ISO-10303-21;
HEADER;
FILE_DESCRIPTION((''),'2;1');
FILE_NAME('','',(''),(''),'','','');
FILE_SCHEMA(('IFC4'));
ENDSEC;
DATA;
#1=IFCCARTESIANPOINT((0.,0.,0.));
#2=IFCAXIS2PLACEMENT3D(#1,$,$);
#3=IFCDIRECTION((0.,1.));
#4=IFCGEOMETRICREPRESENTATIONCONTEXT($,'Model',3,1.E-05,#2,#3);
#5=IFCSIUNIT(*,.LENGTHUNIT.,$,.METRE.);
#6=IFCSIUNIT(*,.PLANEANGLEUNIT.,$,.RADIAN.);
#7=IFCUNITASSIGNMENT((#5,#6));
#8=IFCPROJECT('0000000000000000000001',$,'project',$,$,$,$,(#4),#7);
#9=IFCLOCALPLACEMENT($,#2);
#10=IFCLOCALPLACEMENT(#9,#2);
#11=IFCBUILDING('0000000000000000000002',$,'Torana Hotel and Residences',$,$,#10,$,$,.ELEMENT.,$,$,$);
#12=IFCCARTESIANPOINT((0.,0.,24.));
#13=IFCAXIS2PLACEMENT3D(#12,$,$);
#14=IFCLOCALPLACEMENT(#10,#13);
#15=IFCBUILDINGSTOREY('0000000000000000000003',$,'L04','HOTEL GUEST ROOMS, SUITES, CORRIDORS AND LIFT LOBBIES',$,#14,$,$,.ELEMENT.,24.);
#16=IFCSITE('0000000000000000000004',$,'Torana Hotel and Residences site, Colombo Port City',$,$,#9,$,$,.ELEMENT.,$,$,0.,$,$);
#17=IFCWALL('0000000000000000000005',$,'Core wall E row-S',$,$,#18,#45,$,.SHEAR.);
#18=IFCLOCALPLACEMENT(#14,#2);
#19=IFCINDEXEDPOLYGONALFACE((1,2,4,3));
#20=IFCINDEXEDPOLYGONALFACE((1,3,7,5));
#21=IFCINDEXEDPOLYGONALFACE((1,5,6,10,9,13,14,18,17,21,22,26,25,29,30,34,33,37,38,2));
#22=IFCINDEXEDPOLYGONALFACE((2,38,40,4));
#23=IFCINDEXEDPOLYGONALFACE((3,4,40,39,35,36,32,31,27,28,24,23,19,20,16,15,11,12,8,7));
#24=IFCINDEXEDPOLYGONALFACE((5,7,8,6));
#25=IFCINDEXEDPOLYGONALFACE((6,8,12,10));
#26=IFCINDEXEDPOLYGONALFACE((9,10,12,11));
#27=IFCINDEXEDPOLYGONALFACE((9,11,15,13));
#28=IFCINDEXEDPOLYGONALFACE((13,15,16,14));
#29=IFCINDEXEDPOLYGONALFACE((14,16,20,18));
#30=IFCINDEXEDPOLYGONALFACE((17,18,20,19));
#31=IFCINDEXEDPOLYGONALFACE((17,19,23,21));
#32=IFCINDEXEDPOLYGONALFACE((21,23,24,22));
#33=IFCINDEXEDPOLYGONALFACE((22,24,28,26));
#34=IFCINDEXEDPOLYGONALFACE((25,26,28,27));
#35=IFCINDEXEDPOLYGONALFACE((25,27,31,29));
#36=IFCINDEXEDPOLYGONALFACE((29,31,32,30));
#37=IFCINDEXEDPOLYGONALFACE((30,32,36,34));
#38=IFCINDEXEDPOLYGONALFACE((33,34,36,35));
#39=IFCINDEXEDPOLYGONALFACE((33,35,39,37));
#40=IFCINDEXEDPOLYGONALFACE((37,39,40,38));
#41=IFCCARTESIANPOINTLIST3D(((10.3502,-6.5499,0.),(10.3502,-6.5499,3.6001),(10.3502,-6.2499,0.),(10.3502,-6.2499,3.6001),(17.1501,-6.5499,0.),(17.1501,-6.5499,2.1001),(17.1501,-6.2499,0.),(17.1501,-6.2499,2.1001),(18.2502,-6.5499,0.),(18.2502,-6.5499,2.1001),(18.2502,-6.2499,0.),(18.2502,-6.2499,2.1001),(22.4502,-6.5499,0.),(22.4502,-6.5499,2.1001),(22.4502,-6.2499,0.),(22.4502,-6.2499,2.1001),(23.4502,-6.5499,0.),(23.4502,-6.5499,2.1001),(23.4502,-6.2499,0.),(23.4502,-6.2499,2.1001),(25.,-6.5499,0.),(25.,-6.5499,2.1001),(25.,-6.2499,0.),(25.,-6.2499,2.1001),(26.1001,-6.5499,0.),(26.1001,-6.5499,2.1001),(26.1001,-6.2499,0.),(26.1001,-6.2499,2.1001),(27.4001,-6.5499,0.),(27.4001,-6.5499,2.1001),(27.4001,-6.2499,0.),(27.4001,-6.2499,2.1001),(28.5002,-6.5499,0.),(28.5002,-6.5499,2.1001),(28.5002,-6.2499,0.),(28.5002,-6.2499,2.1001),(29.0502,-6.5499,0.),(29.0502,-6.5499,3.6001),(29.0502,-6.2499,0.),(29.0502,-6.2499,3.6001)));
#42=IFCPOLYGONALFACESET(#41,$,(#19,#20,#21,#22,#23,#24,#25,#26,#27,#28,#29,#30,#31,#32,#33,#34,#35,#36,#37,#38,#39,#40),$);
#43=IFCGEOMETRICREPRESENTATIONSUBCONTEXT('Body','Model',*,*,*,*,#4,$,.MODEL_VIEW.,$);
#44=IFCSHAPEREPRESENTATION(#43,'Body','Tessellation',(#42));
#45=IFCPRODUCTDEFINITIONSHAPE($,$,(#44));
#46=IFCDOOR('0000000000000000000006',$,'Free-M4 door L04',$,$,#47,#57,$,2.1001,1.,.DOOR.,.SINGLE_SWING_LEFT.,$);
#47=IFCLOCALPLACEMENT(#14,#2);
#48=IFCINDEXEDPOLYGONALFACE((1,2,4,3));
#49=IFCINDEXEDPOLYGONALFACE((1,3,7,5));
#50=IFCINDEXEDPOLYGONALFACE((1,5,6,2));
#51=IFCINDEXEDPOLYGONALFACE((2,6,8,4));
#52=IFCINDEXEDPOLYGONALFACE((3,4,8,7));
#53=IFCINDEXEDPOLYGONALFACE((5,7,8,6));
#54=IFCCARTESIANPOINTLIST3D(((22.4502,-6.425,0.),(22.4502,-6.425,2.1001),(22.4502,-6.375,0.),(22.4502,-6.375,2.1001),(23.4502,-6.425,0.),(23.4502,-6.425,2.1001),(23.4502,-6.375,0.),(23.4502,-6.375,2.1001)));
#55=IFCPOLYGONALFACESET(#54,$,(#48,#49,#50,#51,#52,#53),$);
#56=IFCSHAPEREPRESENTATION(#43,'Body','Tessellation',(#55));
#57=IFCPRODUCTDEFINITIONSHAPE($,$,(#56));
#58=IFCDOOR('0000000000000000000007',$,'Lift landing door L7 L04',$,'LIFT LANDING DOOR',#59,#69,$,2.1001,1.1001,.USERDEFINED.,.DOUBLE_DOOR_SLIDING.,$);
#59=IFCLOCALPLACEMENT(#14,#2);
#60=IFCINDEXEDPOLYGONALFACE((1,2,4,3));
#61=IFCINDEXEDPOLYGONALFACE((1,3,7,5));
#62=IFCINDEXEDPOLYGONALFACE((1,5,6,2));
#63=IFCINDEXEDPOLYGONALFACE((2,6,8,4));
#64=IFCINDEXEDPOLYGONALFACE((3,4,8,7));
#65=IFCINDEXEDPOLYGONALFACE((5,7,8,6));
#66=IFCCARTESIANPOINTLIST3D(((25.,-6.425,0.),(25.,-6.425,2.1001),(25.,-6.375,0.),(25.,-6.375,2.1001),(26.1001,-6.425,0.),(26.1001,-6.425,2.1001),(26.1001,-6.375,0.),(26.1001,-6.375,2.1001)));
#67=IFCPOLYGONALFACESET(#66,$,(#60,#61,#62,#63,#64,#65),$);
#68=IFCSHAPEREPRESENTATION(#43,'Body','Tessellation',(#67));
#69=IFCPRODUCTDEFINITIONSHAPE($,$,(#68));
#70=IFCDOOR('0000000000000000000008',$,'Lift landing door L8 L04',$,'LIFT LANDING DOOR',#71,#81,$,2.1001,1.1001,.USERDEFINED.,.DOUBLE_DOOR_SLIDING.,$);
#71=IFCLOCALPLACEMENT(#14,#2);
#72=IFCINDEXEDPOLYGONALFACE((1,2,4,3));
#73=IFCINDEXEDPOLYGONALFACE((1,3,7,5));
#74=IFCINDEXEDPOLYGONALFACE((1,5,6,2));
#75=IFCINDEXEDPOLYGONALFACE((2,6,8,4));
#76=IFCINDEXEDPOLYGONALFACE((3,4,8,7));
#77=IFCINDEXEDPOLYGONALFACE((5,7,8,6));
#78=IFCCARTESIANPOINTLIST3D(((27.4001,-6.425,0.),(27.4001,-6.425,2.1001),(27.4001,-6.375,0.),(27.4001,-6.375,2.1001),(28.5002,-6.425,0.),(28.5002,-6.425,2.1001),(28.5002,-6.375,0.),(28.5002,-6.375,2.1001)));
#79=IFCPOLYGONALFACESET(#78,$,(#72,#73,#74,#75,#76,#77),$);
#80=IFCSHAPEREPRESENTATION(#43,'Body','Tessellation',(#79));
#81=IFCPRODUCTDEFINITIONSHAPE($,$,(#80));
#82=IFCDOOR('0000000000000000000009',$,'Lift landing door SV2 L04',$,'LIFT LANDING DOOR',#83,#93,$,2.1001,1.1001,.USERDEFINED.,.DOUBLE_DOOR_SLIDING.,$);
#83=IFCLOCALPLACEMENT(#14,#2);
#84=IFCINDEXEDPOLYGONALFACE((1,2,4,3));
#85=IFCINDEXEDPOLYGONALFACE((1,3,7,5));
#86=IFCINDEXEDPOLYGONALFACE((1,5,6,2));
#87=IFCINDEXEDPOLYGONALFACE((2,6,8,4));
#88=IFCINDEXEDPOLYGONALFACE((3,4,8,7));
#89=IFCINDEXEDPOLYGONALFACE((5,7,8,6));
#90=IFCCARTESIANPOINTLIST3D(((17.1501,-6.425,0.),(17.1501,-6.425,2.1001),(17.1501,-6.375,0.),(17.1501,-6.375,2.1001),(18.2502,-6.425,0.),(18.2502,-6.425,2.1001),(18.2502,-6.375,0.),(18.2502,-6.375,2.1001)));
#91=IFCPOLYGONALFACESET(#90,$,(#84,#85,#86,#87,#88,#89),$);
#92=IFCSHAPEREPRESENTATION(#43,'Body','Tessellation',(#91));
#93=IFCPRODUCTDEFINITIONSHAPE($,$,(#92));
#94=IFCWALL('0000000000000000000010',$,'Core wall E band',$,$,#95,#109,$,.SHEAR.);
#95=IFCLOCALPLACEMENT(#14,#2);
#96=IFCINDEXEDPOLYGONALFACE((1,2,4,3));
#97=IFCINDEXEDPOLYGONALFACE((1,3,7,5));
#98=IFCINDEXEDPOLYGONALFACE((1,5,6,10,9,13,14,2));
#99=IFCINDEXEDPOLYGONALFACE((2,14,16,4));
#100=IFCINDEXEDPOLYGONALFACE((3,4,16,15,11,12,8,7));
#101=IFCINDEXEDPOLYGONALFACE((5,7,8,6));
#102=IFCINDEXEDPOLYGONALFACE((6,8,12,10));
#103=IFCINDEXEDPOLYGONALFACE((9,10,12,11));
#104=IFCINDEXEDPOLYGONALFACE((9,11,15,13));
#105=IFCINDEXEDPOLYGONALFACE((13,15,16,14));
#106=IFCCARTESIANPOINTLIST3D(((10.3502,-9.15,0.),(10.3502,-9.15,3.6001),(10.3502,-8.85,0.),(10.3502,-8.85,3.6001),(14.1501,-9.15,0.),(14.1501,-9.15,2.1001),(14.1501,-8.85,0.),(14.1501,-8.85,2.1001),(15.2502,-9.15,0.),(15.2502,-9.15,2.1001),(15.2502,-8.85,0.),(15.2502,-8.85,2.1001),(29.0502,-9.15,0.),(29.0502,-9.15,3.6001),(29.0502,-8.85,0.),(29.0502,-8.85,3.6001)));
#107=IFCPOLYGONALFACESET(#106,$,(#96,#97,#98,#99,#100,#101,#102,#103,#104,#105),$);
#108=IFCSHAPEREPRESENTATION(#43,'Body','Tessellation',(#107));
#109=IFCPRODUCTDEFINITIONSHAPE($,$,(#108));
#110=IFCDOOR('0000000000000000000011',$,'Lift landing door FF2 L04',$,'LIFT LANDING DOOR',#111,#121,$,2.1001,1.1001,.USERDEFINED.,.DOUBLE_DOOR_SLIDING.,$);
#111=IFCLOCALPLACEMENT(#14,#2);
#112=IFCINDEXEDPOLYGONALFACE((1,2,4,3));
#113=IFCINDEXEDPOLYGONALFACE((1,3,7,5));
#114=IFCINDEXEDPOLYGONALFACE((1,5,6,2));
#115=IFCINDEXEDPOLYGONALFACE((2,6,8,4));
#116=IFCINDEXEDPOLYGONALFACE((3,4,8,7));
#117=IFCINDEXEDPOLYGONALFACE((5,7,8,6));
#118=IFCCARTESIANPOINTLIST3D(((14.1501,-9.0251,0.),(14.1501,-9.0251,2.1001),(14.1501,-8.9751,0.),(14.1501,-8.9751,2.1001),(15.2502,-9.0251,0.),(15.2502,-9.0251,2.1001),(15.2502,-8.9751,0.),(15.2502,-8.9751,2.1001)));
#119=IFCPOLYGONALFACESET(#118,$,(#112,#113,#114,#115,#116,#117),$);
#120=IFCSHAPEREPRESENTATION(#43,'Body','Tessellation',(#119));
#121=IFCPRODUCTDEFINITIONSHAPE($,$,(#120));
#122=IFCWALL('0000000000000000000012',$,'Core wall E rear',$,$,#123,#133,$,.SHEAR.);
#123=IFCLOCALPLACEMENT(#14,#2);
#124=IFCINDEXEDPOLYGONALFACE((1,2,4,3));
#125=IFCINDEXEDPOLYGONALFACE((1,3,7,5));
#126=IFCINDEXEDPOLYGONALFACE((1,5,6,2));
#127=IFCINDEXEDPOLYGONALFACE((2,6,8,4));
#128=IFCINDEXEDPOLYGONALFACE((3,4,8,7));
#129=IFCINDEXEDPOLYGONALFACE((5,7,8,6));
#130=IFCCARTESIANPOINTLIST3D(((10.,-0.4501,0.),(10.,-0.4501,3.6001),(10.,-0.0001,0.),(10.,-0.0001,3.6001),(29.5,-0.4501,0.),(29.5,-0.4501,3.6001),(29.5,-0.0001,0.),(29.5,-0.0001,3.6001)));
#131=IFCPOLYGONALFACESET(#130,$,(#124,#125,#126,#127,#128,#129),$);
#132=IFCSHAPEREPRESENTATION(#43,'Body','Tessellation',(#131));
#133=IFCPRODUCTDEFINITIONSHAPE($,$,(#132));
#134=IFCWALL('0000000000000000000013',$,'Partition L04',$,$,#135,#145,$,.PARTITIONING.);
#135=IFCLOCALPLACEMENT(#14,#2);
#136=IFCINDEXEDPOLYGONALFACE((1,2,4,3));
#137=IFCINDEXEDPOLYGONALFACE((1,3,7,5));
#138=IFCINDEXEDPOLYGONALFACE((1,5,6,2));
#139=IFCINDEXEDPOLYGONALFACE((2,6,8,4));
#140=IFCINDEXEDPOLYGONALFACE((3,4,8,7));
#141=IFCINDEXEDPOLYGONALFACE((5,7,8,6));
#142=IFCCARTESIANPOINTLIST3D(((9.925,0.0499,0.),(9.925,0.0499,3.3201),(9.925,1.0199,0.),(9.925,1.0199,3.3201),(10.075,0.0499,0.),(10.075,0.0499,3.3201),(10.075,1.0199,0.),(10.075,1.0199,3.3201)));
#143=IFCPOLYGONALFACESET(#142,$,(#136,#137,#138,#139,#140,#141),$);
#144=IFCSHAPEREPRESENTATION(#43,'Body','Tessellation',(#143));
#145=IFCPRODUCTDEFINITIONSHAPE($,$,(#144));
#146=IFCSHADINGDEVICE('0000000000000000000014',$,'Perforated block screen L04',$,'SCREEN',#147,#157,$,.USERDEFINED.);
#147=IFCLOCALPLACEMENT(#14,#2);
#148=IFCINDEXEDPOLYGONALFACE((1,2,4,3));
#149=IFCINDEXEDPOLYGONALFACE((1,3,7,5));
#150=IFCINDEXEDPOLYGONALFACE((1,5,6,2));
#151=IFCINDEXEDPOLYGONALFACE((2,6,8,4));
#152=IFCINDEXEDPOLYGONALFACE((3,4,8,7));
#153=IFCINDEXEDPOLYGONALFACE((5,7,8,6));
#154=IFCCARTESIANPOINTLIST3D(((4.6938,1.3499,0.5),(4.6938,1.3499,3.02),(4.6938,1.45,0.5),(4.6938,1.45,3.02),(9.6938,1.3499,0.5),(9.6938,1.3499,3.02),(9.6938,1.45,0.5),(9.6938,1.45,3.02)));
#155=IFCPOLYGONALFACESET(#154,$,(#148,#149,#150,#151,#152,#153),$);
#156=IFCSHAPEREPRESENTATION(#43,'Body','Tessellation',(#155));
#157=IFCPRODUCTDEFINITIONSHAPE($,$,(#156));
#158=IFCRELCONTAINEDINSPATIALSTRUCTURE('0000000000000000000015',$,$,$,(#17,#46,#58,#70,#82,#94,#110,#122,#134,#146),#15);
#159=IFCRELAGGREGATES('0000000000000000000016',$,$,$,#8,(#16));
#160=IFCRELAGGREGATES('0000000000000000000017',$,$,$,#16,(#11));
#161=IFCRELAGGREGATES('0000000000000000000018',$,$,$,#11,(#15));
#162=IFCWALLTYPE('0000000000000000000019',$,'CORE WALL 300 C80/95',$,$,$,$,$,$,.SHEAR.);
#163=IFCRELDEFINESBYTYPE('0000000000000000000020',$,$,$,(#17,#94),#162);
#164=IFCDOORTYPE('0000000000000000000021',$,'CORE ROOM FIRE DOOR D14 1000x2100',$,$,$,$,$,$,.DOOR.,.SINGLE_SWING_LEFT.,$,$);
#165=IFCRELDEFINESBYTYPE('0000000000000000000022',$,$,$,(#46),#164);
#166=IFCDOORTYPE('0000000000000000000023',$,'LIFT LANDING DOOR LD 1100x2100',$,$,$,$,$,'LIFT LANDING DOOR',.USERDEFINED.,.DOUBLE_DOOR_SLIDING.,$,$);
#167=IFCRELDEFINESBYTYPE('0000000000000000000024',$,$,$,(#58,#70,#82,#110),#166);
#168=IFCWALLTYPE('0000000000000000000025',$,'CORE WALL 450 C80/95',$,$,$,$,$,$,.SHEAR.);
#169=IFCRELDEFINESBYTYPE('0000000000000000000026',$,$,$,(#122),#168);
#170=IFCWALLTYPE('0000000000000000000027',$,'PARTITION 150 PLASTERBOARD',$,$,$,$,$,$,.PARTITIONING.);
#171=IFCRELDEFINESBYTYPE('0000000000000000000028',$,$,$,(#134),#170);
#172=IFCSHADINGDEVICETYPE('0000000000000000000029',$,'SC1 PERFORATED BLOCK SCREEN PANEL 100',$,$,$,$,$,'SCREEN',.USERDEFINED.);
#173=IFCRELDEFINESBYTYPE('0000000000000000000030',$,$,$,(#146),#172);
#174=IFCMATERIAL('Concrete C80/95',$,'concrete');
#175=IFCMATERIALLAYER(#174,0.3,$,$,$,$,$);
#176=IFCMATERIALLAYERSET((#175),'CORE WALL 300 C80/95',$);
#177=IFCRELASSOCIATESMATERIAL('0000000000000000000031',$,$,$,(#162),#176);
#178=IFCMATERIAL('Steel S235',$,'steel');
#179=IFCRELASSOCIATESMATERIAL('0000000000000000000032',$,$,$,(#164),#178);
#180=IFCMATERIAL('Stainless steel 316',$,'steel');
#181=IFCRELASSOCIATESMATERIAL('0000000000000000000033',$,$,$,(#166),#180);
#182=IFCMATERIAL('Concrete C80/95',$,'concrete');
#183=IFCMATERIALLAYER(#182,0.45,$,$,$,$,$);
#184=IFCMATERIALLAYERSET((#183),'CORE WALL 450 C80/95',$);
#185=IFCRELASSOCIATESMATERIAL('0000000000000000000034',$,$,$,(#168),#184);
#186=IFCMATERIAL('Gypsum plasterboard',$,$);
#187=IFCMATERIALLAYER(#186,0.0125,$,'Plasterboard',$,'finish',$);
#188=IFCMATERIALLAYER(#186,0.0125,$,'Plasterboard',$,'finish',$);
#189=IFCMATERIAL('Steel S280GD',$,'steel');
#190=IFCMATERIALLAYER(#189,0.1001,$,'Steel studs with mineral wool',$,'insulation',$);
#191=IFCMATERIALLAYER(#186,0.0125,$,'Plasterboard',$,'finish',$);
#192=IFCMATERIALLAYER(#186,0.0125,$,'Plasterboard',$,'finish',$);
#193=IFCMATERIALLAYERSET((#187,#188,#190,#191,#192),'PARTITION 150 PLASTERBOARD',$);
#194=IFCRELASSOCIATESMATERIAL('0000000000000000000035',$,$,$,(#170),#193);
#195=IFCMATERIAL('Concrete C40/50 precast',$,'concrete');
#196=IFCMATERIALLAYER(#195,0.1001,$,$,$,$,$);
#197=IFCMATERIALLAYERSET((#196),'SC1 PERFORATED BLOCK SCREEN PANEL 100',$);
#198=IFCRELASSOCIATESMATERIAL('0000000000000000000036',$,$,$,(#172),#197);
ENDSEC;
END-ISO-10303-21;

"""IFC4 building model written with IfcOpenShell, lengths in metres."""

from ifc_helpers import new_model, si_unit, direction, frame, frame_2d, origin, origin_2d, place, context, subcontext, project, spatial, rectangle, extrude, material, layer, layer_set, type_object, element, fill, save


model = new_model("IFC4")

# Units and contexts
model_context = context("Model", 3, precision=1e-05, world=origin(), true_north=direction((0.0, 1.0)))
body_context = subcontext(model_context, "Body", "Model", "MODEL_VIEW")
ifc_project = project(units=[si_unit("LENGTHUNIT", "METRE"), si_unit("PLANEANGLEUNIT", "RADIAN")], contexts=[model_context])

# Site, building, storey
site_placement = place(None, origin())
site = spatial("IfcSite", under=ifc_project, at=site_placement, Name="Torana Hotel and Residences site, Colombo Port City", CompositionType="ELEMENT", RefElevation=0.0)
building_placement = place(site_placement, origin())
building = spatial("IfcBuilding", under=site, at=building_placement, Name="Torana Hotel and Residences", CompositionType="ELEMENT")
storey_placement = place(building_placement, frame((0.0, 0.0, 24.0)))
storey = spatial("IfcBuildingStorey", under=building, at=storey_placement, Name="L04", Description="HOTEL GUEST ROOMS, SUITES, CORRIDORS AND LIFT LOBBIES", CompositionType="ELEMENT", Elevation=24.0)

# Wall, openings, doors
ifc_material_1 = material(Name="Concrete C80/95", Category="concrete")
ifc_layer_1 = layer(ifc_material_1, 0.3)
ifc_layer_set_1 = layer_set([ifc_layer_1], Name="CORE WALL 300 C80/95")
wall_type_1 = type_object("IfcWallType", Name="CORE WALL 300 C80/95", PredefinedType="SHEAR", material=ifc_layer_set_1)
wall_1_placement = place(storey_placement, frame((10.3501, -6.3999, 0.0), z_axis=(0.0, 0.0, 1.0), x_axis=(1.0, 0.0, 0.0)))
wall_1 = element("IfcWall", 1, at=wall_1_placement, inside=storey, type_object=wall_type_1, Name="Core wall E row-S", PredefinedType="SHEAR", context=body_context, shape_type="SweptSolid", body=[
    extrude(rectangle(XDim=18.7, YDim=0.3, at=frame_2d((9.3501, 0.0))), origin(), (0.0, 0.0, 1.0), 3.6001),
])
opening_1_placement = place(wall_1_placement, frame((14.6499, 0.0, 0.0)))
opening_1 = element("IfcOpeningElement", 2, at=opening_1_placement, cuts=wall_1, PredefinedType="OPENING", context=body_context, shape_type="SweptSolid", body=[
    extrude(rectangle(XDim=1.1001, YDim=2.1001, at=frame_2d((0.55, 1.05))), frame((0.0, 0.1599, 0.0), z_axis=(0.0, -1.0, 0.0), x_axis=(1.0, 0.0, 0.0)), (0.0, 0.0, 1.0), 0.3201),
])
opening_2_placement = place(wall_1_placement, frame((17.05, 0.0, 0.0)))
opening_2 = element("IfcOpeningElement", 3, at=opening_2_placement, cuts=wall_1, PredefinedType="OPENING", context=body_context, shape_type="SweptSolid", body=[
    extrude(rectangle(XDim=1.1001, YDim=2.1001, at=frame_2d((0.55, 1.05))), frame((0.0, 0.1599, 0.0), z_axis=(0.0, -1.0, 0.0), x_axis=(1.0, 0.0, 0.0)), (0.0, 0.0, 1.0), 0.3201),
])
opening_3_placement = place(wall_1_placement, frame((6.8, 0.0, 0.0)))
opening_3 = element("IfcOpeningElement", 4, at=opening_3_placement, cuts=wall_1, PredefinedType="OPENING", context=body_context, shape_type="SweptSolid", body=[
    extrude(rectangle(XDim=1.1001, YDim=2.1001, at=frame_2d((0.55, 1.05))), frame((0.0, 0.1599, 0.0), z_axis=(0.0, -1.0, 0.0), x_axis=(1.0, 0.0, 0.0)), (0.0, 0.0, 1.0), 0.3201),
])
opening_4_placement = place(wall_1_placement, frame((12.1001, 0.0, 0.0)))
opening_4 = element("IfcOpeningElement", 5, at=opening_4_placement, cuts=wall_1, PredefinedType="OPENING", context=body_context, shape_type="SweptSolid", body=[
    extrude(rectangle(XDim=1.0, YDim=2.1001, at=frame_2d((0.5, 1.05))), frame((0.0, 0.1599, 0.0), z_axis=(0.0, -1.0, 0.0), x_axis=(1.0, 0.0, 0.0)), (0.0, 0.0, 1.0), 0.3201),
])
ifc_material_2 = material(Name="Steel S235", Category="steel")
door_type_1 = type_object("IfcDoorType", Name="CORE ROOM FIRE DOOR D14 1000x2100", OperationType="SINGLE_SWING_LEFT", PredefinedType="DOOR", material=ifc_material_2)
door_1_placement = place(opening_4_placement, frame((0.5, 0.0, 0.0), z_axis=(0.0, 0.0, 1.0), x_axis=(-1.0, 0.0, 0.0)))
door_1 = element("IfcDoor", 6, at=door_1_placement, inside=storey, type_object=door_type_1, Name="Free-M4 door L04", OperationType="SINGLE_SWING_LEFT", OverallHeight=2.1001, OverallWidth=1.0, PredefinedType="DOOR", context=body_context, shape_type="SweptSolid", body=[
    extrude(rectangle(XDim=1.0, YDim=2.1001, at=frame_2d((0.0, 1.05))), frame((0.0, -0.0249, 0.0), z_axis=(0.0, 1.0, 0.0), x_axis=(-1.0, 0.0, 0.0)), (0.0, 0.0, 1.0), 0.05),
])
fill(opening_4, door_1)
ifc_material_3 = material(Name="Stainless steel 316", Category="steel")
door_type_2 = type_object("IfcDoorType", Name="LIFT LANDING DOOR LD 1100x2100", ElementType="LIFT LANDING DOOR", OperationType="DOUBLE_DOOR_SLIDING", PredefinedType="USERDEFINED", material=ifc_material_3)
door_2_placement = place(opening_1_placement, origin())
door_2 = element("IfcDoor", 7, at=door_2_placement, inside=storey, type_object=door_type_2, Name="Lift landing door L7 L04", ObjectType="LIFT LANDING DOOR", OperationType="DOUBLE_DOOR_SLIDING", OverallHeight=2.1001, OverallWidth=1.1001, PredefinedType="USERDEFINED", context=body_context, shape_type="SweptSolid", body=[
    extrude(rectangle(XDim=1.1001, YDim=2.1001, at=frame_2d((0.55, 1.05))), frame((0.0, 0.0249, 0.0), z_axis=(0.0, -1.0, 0.0), x_axis=(1.0, 0.0, 0.0)), (0.0, 0.0, 1.0), 0.05),
])
fill(opening_1, door_2)
door_3_placement = place(opening_2_placement, origin())
door_3 = element("IfcDoor", 8, at=door_3_placement, inside=storey, type_object=door_type_2, Name="Lift landing door L8 L04", ObjectType="LIFT LANDING DOOR", OperationType="DOUBLE_DOOR_SLIDING", OverallHeight=2.1001, OverallWidth=1.1001, PredefinedType="USERDEFINED", context=body_context, shape_type="SweptSolid", body=[
    extrude(rectangle(XDim=1.1001, YDim=2.1001, at=frame_2d((0.55, 1.05))), frame((0.0, 0.0249, 0.0), z_axis=(0.0, -1.0, 0.0), x_axis=(1.0, 0.0, 0.0)), (0.0, 0.0, 1.0), 0.05),
])
fill(opening_2, door_3)
door_4_placement = place(opening_3_placement, origin())
door_4 = element("IfcDoor", 9, at=door_4_placement, inside=storey, type_object=door_type_2, Name="Lift landing door SV2 L04", ObjectType="LIFT LANDING DOOR", OperationType="DOUBLE_DOOR_SLIDING", OverallHeight=2.1001, OverallWidth=1.1001, PredefinedType="USERDEFINED", context=body_context, shape_type="SweptSolid", body=[
    extrude(rectangle(XDim=1.1001, YDim=2.1001, at=frame_2d((0.55, 1.05))), frame((0.0, 0.0249, 0.0), z_axis=(0.0, -1.0, 0.0), x_axis=(1.0, 0.0, 0.0)), (0.0, 0.0, 1.0), 0.05),
])
fill(opening_3, door_4)

# Wall, opening, door
wall_2_placement = place(storey_placement, frame((10.3501, -9.0, 0.0), z_axis=(0.0, 0.0, 1.0), x_axis=(1.0, 0.0, 0.0)))
wall_2 = element("IfcWall", 10, at=wall_2_placement, inside=storey, type_object=wall_type_1, Name="Core wall E band", PredefinedType="SHEAR", context=body_context, shape_type="SweptSolid", body=[
    extrude(rectangle(XDim=18.7, YDim=0.3, at=frame_2d((9.3501, 0.0))), origin(), (0.0, 0.0, 1.0), 3.6001),
])
opening_5_placement = place(wall_2_placement, frame((3.8, 0.0, 0.0)))
opening_5 = element("IfcOpeningElement", 11, at=opening_5_placement, cuts=wall_2, PredefinedType="OPENING", context=body_context, shape_type="SweptSolid", body=[
    extrude(rectangle(XDim=1.1001, YDim=2.1001, at=frame_2d((0.55, 1.05))), frame((0.0, 0.1599, 0.0), z_axis=(0.0, -1.0, 0.0), x_axis=(1.0, 0.0, 0.0)), (0.0, 0.0, 1.0), 0.3201),
])
door_5_placement = place(opening_5_placement, origin())
door_5 = element("IfcDoor", 12, at=door_5_placement, inside=storey, type_object=door_type_2, Name="Lift landing door FF2 L04", ObjectType="LIFT LANDING DOOR", OperationType="DOUBLE_DOOR_SLIDING", OverallHeight=2.1001, OverallWidth=1.1001, PredefinedType="USERDEFINED", context=body_context, shape_type="SweptSolid", body=[
    extrude(rectangle(XDim=1.1001, YDim=2.1001, at=frame_2d((0.55, 1.05))), frame((0.0, 0.0249, 0.0), z_axis=(0.0, -1.0, 0.0), x_axis=(1.0, 0.0, 0.0)), (0.0, 0.0, 1.0), 0.05),
])
fill(opening_5, door_5)

# Walls
ifc_material_4 = material(Name="Concrete C80/95", Category="concrete")
ifc_layer_2 = layer(ifc_material_4, 0.45)
ifc_layer_set_2 = layer_set([ifc_layer_2], Name="CORE WALL 450 C80/95")
wall_type_2 = type_object("IfcWallType", Name="CORE WALL 450 C80/95", PredefinedType="SHEAR", material=ifc_layer_set_2)
wall_3_placement = place(storey_placement, frame((10.0, -0.2251, 0.0), z_axis=(0.0, 0.0, 1.0), x_axis=(1.0, 0.0, 0.0)))
element("IfcWall", 13, at=wall_3_placement, inside=storey, type_object=wall_type_2, Name="Core wall E rear", PredefinedType="SHEAR", context=body_context, shape_type="SweptSolid", body=[
    extrude(rectangle(XDim=19.5, YDim=0.45, at=frame_2d((9.75, 0.0))), origin(), (0.0, 0.0, 1.0), 3.6001),
])
ifc_material_5 = material(Name="Gypsum plasterboard")
ifc_layer_3 = layer(ifc_material_5, 0.0125, Name="Plasterboard", Category="finish")
ifc_layer_4 = layer(ifc_material_5, 0.0125, Name="Plasterboard", Category="finish")
ifc_material_6 = material(Name="Steel S280GD", Category="steel")
ifc_layer_5 = layer(ifc_material_6, 0.1001, Name="Steel studs with mineral wool", Category="insulation")
ifc_layer_6 = layer(ifc_material_5, 0.0125, Name="Plasterboard", Category="finish")
ifc_layer_7 = layer(ifc_material_5, 0.0125, Name="Plasterboard", Category="finish")
ifc_layer_set_3 = layer_set([ifc_layer_3, ifc_layer_4, ifc_layer_5, ifc_layer_6, ifc_layer_7], Name="PARTITION 150 PLASTERBOARD")
wall_type_3 = type_object("IfcWallType", Name="PARTITION 150 PLASTERBOARD", PredefinedType="PARTITIONING", material=ifc_layer_set_3)
wall_4_placement = place(storey_placement, frame((10.0, 0.05, 0.0), z_axis=(0.0, 0.0, 1.0), x_axis=(0.0, 1.0, 0.0)))
element("IfcWall", 14, at=wall_4_placement, inside=storey, type_object=wall_type_3, Name="Partition L04", PredefinedType="PARTITIONING", context=body_context, shape_type="SweptSolid", body=[
    extrude(rectangle(XDim=0.97, YDim=0.1499, at=frame_2d((0.4849, 0.0))), origin(), (0.0, 0.0, 1.0), 3.3201),
])

# Shading device
ifc_material_7 = material(Name="Concrete C40/50 precast", Category="concrete")
ifc_layer_8 = layer(ifc_material_7, 0.1001)
ifc_layer_set_4 = layer_set([ifc_layer_8], Name="SC1 PERFORATED BLOCK SCREEN PANEL 100")
shading_device_type = type_object("IfcShadingDeviceType", Name="SC1 PERFORATED BLOCK SCREEN PANEL 100", ElementType="SCREEN", PredefinedType="USERDEFINED", material=ifc_layer_set_4)
shading_device_placement = place(storey_placement, frame((7.1938, 1.3999, 0.5), z_axis=(0.0, 0.0, 1.0), x_axis=(-1.0, 0.0, 0.0)))
element("IfcShadingDevice", 15, at=shading_device_placement, inside=storey, type_object=shading_device_type, Name="Perforated block screen L04", ObjectType="SCREEN", PredefinedType="USERDEFINED", context=body_context, shape_type="SweptSolid", body=[
    extrude(rectangle(XDim=5.0, YDim=0.1001, at=origin_2d()), origin(), (0.0, 0.0, 1.0), 2.52),
])

save(model, "model.ifc")
